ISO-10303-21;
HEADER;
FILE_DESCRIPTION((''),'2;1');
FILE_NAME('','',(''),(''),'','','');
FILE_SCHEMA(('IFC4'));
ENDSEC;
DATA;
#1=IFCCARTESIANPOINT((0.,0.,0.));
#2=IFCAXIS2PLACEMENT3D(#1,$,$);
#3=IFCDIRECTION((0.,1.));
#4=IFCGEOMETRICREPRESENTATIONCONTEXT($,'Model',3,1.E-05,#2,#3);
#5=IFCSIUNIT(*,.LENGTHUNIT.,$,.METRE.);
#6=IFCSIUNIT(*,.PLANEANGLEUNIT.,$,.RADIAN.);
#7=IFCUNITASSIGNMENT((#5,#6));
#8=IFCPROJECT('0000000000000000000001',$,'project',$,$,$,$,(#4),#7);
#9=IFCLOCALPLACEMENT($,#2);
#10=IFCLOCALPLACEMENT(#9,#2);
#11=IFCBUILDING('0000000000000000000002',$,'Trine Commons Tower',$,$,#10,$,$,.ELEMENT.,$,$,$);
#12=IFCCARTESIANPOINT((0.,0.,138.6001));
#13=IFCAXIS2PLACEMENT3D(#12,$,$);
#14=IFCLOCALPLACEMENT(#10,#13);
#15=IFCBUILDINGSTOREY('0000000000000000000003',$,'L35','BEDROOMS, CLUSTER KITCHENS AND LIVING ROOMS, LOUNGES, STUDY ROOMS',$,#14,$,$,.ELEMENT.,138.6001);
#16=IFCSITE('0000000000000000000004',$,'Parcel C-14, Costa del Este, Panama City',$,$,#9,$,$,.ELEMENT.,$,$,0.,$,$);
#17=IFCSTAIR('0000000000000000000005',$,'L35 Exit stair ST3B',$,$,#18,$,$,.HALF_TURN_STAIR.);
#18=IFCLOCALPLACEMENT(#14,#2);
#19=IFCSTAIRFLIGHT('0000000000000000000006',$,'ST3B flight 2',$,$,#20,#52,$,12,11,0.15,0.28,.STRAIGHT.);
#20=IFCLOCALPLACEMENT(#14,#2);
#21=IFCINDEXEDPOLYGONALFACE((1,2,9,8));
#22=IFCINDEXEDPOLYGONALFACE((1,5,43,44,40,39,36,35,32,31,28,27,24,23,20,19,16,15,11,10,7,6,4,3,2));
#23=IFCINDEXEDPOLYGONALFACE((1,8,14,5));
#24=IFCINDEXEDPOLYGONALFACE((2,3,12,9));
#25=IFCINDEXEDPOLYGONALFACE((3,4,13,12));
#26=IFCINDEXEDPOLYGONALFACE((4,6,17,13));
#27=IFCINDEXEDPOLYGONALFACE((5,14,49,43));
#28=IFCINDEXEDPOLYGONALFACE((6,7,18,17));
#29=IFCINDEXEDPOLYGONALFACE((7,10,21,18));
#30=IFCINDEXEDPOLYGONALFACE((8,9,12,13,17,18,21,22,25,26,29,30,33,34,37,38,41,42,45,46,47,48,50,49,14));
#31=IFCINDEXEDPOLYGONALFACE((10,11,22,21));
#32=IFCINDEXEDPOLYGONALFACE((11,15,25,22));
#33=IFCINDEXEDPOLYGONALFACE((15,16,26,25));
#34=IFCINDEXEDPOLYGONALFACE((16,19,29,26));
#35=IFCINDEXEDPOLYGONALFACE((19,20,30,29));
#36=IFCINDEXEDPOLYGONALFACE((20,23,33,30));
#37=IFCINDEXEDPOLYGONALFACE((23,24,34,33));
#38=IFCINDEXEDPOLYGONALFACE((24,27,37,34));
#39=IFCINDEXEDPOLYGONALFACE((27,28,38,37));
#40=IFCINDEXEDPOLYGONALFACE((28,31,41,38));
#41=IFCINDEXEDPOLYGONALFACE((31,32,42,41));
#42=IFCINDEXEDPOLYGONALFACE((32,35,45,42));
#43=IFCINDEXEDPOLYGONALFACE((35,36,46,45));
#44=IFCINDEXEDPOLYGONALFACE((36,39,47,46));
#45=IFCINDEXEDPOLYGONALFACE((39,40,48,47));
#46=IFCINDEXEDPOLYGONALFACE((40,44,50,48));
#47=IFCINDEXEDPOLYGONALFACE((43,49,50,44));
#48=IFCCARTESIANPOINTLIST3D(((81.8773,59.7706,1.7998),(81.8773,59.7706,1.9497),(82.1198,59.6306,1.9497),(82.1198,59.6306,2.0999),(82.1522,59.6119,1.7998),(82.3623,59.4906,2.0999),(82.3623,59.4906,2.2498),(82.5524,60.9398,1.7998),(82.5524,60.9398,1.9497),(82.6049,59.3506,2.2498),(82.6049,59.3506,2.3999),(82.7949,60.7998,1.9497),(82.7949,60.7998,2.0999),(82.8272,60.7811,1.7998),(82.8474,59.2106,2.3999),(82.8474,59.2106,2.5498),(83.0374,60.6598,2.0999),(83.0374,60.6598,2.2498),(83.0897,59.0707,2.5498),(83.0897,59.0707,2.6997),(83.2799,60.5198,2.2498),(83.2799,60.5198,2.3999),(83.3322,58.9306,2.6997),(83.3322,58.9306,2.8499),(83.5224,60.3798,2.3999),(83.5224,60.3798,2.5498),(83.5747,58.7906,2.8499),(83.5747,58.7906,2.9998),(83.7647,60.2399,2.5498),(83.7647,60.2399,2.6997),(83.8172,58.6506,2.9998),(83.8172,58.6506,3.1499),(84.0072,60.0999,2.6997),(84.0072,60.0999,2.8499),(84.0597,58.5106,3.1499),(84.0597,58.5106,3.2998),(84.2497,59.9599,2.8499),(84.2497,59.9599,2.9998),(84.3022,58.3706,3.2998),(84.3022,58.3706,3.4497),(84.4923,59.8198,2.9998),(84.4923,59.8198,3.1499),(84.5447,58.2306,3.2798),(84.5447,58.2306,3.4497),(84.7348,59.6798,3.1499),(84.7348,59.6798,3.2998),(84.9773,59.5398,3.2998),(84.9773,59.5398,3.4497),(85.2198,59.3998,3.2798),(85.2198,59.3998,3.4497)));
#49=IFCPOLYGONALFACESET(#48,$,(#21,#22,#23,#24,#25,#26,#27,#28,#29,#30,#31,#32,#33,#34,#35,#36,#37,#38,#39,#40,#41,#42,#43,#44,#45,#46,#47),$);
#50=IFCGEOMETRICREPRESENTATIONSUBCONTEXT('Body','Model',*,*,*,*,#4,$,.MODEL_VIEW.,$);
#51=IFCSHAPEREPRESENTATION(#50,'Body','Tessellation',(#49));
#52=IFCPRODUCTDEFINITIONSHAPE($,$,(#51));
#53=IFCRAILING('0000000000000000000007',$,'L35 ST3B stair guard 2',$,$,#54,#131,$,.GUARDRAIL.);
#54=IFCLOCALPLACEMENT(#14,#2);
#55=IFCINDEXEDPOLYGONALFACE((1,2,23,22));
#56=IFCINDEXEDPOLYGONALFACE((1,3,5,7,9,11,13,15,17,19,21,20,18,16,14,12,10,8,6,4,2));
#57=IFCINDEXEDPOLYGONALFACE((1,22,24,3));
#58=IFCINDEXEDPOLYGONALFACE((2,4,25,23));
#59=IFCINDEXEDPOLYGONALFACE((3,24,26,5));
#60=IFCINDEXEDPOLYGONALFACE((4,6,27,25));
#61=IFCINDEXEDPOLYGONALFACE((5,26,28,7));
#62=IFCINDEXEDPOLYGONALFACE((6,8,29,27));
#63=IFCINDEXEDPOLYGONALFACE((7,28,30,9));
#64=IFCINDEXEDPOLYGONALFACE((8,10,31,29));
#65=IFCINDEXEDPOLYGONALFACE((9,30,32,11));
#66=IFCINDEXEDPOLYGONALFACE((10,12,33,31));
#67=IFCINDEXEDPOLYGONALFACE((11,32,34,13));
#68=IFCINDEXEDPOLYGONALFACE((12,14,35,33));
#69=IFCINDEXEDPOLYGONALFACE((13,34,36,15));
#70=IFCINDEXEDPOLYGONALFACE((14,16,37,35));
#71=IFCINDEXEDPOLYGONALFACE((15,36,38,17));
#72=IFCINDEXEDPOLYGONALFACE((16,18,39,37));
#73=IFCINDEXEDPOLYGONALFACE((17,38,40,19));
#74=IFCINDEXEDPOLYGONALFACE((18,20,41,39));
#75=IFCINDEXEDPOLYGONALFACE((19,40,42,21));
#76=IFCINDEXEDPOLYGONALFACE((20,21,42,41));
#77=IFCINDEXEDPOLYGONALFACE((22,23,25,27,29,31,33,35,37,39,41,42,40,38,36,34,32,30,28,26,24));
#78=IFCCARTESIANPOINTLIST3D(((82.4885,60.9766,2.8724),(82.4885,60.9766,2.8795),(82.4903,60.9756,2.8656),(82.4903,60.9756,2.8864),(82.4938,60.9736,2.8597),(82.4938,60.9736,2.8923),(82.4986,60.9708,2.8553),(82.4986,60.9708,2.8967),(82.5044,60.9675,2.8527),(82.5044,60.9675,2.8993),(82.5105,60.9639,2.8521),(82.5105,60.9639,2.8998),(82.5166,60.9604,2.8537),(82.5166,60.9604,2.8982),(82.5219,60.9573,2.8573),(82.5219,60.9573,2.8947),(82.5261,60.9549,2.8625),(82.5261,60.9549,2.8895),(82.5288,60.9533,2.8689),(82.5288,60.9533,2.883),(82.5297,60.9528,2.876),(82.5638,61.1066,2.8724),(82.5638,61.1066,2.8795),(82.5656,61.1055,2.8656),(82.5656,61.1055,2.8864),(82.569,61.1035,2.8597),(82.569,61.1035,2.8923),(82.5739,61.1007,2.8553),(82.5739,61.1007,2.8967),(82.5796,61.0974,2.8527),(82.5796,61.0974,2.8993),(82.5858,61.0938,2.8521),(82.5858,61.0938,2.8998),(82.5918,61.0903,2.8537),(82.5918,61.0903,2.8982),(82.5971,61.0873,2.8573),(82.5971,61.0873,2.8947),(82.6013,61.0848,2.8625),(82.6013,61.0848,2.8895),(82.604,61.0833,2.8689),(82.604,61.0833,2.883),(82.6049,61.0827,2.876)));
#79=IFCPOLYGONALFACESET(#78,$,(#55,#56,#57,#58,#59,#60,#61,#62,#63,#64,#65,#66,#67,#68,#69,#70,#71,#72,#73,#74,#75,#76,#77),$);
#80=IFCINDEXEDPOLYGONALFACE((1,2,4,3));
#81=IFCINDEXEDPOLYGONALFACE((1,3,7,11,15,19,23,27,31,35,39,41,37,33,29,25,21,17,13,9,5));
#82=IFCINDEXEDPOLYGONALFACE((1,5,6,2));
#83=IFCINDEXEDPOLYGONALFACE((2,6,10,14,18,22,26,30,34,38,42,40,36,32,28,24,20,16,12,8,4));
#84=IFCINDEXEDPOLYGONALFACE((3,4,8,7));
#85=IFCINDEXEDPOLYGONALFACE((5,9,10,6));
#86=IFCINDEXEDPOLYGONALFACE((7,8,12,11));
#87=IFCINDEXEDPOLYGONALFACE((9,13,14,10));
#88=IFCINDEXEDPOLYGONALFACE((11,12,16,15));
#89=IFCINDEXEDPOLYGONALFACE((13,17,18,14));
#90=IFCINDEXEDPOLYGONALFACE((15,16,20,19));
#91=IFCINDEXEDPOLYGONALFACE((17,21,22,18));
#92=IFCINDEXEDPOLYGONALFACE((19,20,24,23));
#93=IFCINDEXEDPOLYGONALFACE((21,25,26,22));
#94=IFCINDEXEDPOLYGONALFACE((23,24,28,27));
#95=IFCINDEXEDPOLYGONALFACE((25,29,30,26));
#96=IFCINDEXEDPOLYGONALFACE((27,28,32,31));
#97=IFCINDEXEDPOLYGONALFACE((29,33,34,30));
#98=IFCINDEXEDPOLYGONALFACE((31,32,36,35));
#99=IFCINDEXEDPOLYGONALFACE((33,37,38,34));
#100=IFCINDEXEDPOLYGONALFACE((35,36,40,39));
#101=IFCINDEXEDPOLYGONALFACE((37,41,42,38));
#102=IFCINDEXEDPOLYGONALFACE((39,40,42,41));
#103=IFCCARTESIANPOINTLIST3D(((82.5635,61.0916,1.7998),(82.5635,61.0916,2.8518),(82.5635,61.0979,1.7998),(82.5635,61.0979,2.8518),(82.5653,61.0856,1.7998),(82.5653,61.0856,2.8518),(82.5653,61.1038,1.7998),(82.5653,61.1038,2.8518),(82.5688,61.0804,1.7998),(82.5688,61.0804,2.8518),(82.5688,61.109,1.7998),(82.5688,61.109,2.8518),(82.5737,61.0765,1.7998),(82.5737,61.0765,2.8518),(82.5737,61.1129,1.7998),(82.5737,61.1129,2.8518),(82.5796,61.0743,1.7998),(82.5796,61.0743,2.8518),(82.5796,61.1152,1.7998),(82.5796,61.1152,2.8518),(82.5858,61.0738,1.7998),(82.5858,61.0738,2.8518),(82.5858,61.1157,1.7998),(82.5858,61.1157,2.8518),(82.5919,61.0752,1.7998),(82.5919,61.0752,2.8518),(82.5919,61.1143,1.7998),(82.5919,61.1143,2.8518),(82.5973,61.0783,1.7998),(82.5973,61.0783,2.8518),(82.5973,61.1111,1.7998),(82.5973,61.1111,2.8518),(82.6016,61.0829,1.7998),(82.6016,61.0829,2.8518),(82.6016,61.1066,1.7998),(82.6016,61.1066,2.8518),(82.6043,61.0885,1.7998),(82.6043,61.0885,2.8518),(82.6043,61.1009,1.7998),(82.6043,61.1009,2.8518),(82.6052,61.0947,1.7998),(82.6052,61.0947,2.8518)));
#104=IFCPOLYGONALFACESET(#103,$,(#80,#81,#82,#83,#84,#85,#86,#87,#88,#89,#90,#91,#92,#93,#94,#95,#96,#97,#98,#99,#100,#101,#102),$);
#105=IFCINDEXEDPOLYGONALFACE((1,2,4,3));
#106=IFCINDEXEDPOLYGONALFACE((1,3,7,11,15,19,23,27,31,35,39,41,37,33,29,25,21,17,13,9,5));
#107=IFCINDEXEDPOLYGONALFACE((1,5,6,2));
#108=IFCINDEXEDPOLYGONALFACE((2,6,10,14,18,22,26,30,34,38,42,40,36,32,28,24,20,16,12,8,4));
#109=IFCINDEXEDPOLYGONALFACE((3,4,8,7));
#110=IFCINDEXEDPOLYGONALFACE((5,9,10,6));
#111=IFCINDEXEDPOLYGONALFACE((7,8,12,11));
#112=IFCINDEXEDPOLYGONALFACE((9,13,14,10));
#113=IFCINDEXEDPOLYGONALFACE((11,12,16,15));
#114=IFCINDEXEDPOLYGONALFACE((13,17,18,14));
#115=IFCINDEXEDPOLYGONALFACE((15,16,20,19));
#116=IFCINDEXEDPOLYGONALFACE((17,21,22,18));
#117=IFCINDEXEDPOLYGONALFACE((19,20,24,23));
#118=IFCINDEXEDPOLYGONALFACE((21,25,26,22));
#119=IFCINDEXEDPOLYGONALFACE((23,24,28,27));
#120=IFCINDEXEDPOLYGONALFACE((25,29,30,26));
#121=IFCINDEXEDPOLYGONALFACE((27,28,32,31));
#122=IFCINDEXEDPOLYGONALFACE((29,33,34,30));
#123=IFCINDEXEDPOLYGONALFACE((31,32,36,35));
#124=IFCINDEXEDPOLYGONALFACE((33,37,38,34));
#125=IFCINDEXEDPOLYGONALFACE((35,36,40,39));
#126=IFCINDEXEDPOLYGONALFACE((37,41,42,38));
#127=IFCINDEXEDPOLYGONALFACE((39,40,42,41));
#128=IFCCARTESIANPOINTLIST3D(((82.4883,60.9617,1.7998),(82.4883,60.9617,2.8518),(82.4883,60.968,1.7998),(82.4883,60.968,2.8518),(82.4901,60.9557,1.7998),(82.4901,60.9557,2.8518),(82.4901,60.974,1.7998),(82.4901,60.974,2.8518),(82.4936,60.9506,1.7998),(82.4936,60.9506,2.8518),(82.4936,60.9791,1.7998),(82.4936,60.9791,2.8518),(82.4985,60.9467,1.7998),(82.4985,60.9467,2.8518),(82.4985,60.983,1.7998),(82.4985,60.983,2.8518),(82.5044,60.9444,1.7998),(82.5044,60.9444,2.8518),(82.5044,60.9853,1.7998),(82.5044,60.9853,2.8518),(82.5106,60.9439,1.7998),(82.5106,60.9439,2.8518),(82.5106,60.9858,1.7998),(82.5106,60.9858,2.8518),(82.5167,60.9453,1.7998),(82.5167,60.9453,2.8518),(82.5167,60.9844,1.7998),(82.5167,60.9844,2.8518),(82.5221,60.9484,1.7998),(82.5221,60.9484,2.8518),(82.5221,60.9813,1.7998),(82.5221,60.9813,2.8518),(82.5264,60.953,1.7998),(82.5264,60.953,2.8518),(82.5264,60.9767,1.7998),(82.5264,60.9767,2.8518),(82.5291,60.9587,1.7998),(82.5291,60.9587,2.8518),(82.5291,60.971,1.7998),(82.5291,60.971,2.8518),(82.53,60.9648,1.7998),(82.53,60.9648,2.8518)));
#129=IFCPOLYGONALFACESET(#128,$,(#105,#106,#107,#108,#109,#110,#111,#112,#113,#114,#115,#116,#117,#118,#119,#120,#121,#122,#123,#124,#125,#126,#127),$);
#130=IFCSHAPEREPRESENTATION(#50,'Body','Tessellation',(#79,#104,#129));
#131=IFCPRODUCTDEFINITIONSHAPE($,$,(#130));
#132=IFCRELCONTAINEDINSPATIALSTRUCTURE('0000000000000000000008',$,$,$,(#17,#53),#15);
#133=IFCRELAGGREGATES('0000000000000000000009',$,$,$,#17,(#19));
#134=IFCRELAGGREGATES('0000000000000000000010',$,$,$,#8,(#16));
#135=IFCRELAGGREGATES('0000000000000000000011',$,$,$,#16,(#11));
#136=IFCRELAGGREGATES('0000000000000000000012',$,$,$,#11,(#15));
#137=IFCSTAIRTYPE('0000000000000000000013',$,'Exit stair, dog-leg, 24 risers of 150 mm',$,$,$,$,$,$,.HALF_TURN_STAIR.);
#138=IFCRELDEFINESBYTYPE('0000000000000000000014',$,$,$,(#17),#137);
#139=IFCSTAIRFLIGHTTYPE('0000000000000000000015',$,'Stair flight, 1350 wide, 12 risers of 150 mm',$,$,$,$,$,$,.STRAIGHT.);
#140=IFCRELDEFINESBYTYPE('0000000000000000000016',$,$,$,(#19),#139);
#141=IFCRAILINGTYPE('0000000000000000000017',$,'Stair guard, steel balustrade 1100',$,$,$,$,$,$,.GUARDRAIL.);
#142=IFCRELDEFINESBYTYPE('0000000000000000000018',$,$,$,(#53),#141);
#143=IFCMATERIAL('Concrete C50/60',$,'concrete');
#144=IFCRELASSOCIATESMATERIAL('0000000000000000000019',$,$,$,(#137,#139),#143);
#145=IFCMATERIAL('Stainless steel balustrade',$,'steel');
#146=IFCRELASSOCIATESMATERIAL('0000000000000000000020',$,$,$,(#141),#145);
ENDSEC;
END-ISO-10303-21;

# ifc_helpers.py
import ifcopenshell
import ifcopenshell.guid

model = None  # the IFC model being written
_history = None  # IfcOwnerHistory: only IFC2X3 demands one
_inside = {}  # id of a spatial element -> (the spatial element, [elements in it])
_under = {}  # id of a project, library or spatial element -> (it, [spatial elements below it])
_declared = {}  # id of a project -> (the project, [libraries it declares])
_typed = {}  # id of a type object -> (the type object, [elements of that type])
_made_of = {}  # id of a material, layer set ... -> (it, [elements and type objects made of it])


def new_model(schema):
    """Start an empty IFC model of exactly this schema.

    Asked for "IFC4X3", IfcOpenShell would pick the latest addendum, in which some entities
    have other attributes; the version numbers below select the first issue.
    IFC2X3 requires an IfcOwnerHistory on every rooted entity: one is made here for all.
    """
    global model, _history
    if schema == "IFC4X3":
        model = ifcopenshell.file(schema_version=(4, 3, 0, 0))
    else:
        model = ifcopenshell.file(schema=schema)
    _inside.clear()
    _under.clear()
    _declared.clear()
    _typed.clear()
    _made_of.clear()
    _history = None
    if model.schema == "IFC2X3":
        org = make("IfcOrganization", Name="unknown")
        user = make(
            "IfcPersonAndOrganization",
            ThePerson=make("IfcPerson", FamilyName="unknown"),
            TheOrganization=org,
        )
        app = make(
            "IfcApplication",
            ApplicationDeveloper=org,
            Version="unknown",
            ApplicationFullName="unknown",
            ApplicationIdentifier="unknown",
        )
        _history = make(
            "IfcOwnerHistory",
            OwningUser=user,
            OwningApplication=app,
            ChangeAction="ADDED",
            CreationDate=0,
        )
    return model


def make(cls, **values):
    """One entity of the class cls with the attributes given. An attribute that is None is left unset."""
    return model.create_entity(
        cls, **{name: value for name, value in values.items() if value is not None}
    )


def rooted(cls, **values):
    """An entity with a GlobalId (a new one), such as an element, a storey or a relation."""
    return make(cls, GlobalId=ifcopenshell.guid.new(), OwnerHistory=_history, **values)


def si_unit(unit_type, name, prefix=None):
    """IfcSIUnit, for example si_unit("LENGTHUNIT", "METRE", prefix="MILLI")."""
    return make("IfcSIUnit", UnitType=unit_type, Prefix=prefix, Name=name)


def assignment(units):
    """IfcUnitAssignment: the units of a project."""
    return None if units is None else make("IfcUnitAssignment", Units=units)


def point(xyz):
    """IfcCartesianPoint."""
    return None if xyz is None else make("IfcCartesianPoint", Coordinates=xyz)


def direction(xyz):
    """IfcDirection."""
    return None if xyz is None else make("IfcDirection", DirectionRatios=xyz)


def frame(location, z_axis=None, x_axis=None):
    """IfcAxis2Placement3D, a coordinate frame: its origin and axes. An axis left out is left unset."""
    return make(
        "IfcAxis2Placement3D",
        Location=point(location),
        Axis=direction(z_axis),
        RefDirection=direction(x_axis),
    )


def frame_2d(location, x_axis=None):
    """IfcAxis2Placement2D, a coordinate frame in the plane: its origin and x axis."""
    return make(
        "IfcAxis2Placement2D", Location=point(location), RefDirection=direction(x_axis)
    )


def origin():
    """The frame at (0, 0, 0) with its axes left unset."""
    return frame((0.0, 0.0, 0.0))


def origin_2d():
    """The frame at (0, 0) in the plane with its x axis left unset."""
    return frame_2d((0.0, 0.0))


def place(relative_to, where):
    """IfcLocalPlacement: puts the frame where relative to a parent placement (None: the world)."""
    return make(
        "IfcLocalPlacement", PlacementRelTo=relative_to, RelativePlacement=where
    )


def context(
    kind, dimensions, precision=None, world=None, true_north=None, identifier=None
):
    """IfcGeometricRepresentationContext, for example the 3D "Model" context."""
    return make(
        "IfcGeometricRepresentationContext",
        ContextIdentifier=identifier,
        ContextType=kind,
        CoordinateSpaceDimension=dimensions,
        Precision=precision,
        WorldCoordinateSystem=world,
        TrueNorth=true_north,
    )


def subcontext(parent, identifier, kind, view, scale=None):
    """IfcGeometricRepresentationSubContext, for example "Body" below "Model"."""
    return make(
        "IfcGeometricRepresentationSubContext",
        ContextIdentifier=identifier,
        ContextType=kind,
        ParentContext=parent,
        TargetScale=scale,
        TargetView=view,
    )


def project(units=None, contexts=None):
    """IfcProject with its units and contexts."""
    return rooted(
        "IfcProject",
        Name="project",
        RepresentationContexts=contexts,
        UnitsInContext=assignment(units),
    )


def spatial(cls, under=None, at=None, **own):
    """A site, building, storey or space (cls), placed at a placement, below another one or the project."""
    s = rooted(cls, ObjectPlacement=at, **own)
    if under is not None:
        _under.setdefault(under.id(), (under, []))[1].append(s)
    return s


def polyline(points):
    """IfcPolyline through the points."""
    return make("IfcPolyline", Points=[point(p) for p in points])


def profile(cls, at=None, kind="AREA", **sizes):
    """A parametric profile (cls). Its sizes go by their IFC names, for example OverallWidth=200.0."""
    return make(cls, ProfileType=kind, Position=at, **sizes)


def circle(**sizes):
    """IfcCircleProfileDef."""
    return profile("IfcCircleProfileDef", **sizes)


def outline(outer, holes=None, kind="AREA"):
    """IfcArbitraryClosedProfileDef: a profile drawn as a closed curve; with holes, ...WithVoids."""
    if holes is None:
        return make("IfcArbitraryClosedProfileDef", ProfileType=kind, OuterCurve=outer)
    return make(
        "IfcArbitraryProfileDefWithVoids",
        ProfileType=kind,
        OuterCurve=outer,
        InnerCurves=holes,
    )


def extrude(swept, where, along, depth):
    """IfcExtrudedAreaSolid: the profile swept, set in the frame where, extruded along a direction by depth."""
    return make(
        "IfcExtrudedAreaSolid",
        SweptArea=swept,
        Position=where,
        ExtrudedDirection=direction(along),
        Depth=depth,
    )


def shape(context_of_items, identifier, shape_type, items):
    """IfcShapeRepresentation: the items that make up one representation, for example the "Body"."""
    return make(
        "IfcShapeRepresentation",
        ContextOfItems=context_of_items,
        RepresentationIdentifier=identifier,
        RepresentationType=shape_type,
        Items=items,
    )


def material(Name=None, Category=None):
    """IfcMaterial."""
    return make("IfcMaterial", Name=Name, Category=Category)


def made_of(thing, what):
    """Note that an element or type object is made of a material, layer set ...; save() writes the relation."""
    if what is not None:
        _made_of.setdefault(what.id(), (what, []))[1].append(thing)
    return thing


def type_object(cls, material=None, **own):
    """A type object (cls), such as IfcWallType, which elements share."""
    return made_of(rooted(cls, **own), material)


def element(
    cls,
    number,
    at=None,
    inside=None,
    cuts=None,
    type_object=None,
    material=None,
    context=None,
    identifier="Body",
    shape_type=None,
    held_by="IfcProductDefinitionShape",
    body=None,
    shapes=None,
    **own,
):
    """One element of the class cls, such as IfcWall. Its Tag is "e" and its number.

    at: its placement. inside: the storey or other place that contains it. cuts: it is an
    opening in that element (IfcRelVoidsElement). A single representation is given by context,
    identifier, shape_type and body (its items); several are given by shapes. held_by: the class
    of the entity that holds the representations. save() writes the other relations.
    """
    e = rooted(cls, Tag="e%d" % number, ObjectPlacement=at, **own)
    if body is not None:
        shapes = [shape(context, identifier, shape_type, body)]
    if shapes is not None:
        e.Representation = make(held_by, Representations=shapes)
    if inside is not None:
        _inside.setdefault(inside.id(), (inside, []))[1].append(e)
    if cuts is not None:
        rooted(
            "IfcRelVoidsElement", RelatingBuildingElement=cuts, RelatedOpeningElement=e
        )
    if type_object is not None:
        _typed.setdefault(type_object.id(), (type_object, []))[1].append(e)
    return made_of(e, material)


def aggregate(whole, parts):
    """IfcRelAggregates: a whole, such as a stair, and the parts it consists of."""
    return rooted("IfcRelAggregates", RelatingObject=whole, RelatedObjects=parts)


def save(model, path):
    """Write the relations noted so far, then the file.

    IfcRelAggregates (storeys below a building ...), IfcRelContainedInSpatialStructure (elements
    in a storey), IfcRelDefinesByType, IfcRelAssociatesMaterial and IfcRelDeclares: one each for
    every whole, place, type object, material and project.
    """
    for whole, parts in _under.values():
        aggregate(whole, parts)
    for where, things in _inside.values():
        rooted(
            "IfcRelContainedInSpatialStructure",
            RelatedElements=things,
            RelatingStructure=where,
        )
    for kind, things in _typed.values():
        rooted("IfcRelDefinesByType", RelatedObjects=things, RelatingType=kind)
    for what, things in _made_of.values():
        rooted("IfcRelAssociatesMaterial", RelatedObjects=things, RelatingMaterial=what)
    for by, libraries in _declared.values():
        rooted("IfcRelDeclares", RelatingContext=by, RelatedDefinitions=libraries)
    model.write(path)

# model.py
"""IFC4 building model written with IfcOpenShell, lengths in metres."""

from ifc_helpers import new_model, si_unit, direction, frame, origin, origin_2d, place, context, subcontext, project, spatial, polyline, circle, outline, extrude, material, type_object, element, aggregate, save


model = new_model("IFC4")

# Units and contexts
model_context = context("Model", 3, precision=1e-05, world=origin(), true_north=direction((0.0, 1.0)))
body_context = subcontext(model_context, "Body", "Model", "MODEL_VIEW")
ifc_project = project(units=[si_unit("LENGTHUNIT", "METRE"), si_unit("PLANEANGLEUNIT", "RADIAN")], contexts=[model_context])

# Site, building, storey
site_placement = place(None, origin())
site = spatial("IfcSite", under=ifc_project, at=site_placement, Name="Parcel C-14, Costa del Este, Panama City", CompositionType="ELEMENT", RefElevation=0.0)
building_placement = place(site_placement, origin())
building = spatial("IfcBuilding", under=site, at=building_placement, Name="Trine Commons Tower", CompositionType="ELEMENT")
storey_placement = place(building_placement, frame((0.0, 0.0, 138.6001)))
storey = spatial("IfcBuildingStorey", under=building, at=storey_placement, Name="L35", Description="BEDROOMS, CLUSTER KITCHENS AND LIVING ROOMS, LOUNGES, STUDY ROOMS", CompositionType="ELEMENT", Elevation=138.6001)

# Shared definitions
ifc_material_1 = material(Name="Concrete C50/60", Category="concrete")

# Stair, stair flight
stair_type = type_object("IfcStairType", Name="Exit stair, dog-leg, 24 risers of 150 mm", PredefinedType="HALF_TURN_STAIR", material=ifc_material_1)
stair_placement = place(storey_placement, origin())
stair = element("IfcStair", 1, at=stair_placement, inside=storey, type_object=stair_type, Name="L35 Exit stair ST3B", PredefinedType="HALF_TURN_STAIR")
stair_flight_type = type_object("IfcStairFlightType", Name="Stair flight, 1350 wide, 12 risers of 150 mm", PredefinedType="STRAIGHT", material=ifc_material_1)
stair_flight_placement = place(storey_placement, frame((82.2148, 60.3552, 1.7998), z_axis=(0.0, 0.0, 1.0), x_axis=(0.866025, -0.5, 0.0)))
stair_flight = element("IfcStairFlight", 2, at=stair_flight_placement, type_object=stair_flight_type, Name="ST3B flight 2", NumberOfRisers=12, NumberOfTreads=11, PredefinedType="STRAIGHT", RiserHeight=0.15, TreadLength=0.28, context=body_context, shape_type="SweptSolid", body=[
    extrude(outline(polyline([(0.0, 0.0), (0.0, 0.1499), (0.28, 0.1499), (0.28, 0.3), (0.5601, 0.3), (0.5601, 0.45), (0.8401, 0.45), (0.8401, 0.6001), (1.1201, 0.6001), (1.1201, 0.75), (1.3999, 0.75), (1.3999, 0.8999), (1.6799, 0.8999), (1.6799, 1.05), (1.96, 1.05), (1.96, 1.2), (2.24, 1.2), (2.24, 1.3501), (2.52, 1.3501), (2.52, 1.5), (2.8, 1.5), (2.8, 1.6499), (3.0801, 1.6499), (3.0801, 1.8), (3.0801, 1.48), (0.3174, 0.0), (0.0, 0.0)])), frame((0.0, 0.675, 0.0), z_axis=(0.0, -1.0, 0.0), x_axis=(1.0, 0.0, 0.0)), (0.0, 0.0, 1.0), 1.3501),
])
aggregate(stair, [stair_flight])

# Railing
ifc_material_2 = material(Name="Stainless steel balustrade", Category="steel")
railing_type_1 = type_object("IfcRailingType", Name="Stair guard, steel balustrade 1100", PredefinedType="GUARDRAIL", material=ifc_material_2)
railing_1_placement = place(storey_placement, frame((82.5842, 61.0947, 1.7998)))
element("IfcRailing", 3, at=railing_1_placement, inside=storey, type_object=railing_type_1, Name="L35 ST3B stair guard 2", PredefinedType="GUARDRAIL", context=body_context, shape_type="SweptSolid", body=[
    extrude(circle(Radius=0.0239, at=origin_2d()), frame((0.0, 0.0, 1.0762), z_axis=(-0.501036, -0.865426, 0.0), x_axis=(0.865426, -0.501036, 0.0)), (0.0, 0.0, 1.0), 0.1501),
    extrude(circle(Radius=0.021, at=origin_2d()), origin(), (0.0, 0.0, 1.0), 1.052),
    extrude(circle(Radius=0.021, at=origin_2d()), frame((-0.0752, -0.1299, 0.0)), (0.0, 0.0, 1.0), 1.052),
])

save(model, "model.ifc")
